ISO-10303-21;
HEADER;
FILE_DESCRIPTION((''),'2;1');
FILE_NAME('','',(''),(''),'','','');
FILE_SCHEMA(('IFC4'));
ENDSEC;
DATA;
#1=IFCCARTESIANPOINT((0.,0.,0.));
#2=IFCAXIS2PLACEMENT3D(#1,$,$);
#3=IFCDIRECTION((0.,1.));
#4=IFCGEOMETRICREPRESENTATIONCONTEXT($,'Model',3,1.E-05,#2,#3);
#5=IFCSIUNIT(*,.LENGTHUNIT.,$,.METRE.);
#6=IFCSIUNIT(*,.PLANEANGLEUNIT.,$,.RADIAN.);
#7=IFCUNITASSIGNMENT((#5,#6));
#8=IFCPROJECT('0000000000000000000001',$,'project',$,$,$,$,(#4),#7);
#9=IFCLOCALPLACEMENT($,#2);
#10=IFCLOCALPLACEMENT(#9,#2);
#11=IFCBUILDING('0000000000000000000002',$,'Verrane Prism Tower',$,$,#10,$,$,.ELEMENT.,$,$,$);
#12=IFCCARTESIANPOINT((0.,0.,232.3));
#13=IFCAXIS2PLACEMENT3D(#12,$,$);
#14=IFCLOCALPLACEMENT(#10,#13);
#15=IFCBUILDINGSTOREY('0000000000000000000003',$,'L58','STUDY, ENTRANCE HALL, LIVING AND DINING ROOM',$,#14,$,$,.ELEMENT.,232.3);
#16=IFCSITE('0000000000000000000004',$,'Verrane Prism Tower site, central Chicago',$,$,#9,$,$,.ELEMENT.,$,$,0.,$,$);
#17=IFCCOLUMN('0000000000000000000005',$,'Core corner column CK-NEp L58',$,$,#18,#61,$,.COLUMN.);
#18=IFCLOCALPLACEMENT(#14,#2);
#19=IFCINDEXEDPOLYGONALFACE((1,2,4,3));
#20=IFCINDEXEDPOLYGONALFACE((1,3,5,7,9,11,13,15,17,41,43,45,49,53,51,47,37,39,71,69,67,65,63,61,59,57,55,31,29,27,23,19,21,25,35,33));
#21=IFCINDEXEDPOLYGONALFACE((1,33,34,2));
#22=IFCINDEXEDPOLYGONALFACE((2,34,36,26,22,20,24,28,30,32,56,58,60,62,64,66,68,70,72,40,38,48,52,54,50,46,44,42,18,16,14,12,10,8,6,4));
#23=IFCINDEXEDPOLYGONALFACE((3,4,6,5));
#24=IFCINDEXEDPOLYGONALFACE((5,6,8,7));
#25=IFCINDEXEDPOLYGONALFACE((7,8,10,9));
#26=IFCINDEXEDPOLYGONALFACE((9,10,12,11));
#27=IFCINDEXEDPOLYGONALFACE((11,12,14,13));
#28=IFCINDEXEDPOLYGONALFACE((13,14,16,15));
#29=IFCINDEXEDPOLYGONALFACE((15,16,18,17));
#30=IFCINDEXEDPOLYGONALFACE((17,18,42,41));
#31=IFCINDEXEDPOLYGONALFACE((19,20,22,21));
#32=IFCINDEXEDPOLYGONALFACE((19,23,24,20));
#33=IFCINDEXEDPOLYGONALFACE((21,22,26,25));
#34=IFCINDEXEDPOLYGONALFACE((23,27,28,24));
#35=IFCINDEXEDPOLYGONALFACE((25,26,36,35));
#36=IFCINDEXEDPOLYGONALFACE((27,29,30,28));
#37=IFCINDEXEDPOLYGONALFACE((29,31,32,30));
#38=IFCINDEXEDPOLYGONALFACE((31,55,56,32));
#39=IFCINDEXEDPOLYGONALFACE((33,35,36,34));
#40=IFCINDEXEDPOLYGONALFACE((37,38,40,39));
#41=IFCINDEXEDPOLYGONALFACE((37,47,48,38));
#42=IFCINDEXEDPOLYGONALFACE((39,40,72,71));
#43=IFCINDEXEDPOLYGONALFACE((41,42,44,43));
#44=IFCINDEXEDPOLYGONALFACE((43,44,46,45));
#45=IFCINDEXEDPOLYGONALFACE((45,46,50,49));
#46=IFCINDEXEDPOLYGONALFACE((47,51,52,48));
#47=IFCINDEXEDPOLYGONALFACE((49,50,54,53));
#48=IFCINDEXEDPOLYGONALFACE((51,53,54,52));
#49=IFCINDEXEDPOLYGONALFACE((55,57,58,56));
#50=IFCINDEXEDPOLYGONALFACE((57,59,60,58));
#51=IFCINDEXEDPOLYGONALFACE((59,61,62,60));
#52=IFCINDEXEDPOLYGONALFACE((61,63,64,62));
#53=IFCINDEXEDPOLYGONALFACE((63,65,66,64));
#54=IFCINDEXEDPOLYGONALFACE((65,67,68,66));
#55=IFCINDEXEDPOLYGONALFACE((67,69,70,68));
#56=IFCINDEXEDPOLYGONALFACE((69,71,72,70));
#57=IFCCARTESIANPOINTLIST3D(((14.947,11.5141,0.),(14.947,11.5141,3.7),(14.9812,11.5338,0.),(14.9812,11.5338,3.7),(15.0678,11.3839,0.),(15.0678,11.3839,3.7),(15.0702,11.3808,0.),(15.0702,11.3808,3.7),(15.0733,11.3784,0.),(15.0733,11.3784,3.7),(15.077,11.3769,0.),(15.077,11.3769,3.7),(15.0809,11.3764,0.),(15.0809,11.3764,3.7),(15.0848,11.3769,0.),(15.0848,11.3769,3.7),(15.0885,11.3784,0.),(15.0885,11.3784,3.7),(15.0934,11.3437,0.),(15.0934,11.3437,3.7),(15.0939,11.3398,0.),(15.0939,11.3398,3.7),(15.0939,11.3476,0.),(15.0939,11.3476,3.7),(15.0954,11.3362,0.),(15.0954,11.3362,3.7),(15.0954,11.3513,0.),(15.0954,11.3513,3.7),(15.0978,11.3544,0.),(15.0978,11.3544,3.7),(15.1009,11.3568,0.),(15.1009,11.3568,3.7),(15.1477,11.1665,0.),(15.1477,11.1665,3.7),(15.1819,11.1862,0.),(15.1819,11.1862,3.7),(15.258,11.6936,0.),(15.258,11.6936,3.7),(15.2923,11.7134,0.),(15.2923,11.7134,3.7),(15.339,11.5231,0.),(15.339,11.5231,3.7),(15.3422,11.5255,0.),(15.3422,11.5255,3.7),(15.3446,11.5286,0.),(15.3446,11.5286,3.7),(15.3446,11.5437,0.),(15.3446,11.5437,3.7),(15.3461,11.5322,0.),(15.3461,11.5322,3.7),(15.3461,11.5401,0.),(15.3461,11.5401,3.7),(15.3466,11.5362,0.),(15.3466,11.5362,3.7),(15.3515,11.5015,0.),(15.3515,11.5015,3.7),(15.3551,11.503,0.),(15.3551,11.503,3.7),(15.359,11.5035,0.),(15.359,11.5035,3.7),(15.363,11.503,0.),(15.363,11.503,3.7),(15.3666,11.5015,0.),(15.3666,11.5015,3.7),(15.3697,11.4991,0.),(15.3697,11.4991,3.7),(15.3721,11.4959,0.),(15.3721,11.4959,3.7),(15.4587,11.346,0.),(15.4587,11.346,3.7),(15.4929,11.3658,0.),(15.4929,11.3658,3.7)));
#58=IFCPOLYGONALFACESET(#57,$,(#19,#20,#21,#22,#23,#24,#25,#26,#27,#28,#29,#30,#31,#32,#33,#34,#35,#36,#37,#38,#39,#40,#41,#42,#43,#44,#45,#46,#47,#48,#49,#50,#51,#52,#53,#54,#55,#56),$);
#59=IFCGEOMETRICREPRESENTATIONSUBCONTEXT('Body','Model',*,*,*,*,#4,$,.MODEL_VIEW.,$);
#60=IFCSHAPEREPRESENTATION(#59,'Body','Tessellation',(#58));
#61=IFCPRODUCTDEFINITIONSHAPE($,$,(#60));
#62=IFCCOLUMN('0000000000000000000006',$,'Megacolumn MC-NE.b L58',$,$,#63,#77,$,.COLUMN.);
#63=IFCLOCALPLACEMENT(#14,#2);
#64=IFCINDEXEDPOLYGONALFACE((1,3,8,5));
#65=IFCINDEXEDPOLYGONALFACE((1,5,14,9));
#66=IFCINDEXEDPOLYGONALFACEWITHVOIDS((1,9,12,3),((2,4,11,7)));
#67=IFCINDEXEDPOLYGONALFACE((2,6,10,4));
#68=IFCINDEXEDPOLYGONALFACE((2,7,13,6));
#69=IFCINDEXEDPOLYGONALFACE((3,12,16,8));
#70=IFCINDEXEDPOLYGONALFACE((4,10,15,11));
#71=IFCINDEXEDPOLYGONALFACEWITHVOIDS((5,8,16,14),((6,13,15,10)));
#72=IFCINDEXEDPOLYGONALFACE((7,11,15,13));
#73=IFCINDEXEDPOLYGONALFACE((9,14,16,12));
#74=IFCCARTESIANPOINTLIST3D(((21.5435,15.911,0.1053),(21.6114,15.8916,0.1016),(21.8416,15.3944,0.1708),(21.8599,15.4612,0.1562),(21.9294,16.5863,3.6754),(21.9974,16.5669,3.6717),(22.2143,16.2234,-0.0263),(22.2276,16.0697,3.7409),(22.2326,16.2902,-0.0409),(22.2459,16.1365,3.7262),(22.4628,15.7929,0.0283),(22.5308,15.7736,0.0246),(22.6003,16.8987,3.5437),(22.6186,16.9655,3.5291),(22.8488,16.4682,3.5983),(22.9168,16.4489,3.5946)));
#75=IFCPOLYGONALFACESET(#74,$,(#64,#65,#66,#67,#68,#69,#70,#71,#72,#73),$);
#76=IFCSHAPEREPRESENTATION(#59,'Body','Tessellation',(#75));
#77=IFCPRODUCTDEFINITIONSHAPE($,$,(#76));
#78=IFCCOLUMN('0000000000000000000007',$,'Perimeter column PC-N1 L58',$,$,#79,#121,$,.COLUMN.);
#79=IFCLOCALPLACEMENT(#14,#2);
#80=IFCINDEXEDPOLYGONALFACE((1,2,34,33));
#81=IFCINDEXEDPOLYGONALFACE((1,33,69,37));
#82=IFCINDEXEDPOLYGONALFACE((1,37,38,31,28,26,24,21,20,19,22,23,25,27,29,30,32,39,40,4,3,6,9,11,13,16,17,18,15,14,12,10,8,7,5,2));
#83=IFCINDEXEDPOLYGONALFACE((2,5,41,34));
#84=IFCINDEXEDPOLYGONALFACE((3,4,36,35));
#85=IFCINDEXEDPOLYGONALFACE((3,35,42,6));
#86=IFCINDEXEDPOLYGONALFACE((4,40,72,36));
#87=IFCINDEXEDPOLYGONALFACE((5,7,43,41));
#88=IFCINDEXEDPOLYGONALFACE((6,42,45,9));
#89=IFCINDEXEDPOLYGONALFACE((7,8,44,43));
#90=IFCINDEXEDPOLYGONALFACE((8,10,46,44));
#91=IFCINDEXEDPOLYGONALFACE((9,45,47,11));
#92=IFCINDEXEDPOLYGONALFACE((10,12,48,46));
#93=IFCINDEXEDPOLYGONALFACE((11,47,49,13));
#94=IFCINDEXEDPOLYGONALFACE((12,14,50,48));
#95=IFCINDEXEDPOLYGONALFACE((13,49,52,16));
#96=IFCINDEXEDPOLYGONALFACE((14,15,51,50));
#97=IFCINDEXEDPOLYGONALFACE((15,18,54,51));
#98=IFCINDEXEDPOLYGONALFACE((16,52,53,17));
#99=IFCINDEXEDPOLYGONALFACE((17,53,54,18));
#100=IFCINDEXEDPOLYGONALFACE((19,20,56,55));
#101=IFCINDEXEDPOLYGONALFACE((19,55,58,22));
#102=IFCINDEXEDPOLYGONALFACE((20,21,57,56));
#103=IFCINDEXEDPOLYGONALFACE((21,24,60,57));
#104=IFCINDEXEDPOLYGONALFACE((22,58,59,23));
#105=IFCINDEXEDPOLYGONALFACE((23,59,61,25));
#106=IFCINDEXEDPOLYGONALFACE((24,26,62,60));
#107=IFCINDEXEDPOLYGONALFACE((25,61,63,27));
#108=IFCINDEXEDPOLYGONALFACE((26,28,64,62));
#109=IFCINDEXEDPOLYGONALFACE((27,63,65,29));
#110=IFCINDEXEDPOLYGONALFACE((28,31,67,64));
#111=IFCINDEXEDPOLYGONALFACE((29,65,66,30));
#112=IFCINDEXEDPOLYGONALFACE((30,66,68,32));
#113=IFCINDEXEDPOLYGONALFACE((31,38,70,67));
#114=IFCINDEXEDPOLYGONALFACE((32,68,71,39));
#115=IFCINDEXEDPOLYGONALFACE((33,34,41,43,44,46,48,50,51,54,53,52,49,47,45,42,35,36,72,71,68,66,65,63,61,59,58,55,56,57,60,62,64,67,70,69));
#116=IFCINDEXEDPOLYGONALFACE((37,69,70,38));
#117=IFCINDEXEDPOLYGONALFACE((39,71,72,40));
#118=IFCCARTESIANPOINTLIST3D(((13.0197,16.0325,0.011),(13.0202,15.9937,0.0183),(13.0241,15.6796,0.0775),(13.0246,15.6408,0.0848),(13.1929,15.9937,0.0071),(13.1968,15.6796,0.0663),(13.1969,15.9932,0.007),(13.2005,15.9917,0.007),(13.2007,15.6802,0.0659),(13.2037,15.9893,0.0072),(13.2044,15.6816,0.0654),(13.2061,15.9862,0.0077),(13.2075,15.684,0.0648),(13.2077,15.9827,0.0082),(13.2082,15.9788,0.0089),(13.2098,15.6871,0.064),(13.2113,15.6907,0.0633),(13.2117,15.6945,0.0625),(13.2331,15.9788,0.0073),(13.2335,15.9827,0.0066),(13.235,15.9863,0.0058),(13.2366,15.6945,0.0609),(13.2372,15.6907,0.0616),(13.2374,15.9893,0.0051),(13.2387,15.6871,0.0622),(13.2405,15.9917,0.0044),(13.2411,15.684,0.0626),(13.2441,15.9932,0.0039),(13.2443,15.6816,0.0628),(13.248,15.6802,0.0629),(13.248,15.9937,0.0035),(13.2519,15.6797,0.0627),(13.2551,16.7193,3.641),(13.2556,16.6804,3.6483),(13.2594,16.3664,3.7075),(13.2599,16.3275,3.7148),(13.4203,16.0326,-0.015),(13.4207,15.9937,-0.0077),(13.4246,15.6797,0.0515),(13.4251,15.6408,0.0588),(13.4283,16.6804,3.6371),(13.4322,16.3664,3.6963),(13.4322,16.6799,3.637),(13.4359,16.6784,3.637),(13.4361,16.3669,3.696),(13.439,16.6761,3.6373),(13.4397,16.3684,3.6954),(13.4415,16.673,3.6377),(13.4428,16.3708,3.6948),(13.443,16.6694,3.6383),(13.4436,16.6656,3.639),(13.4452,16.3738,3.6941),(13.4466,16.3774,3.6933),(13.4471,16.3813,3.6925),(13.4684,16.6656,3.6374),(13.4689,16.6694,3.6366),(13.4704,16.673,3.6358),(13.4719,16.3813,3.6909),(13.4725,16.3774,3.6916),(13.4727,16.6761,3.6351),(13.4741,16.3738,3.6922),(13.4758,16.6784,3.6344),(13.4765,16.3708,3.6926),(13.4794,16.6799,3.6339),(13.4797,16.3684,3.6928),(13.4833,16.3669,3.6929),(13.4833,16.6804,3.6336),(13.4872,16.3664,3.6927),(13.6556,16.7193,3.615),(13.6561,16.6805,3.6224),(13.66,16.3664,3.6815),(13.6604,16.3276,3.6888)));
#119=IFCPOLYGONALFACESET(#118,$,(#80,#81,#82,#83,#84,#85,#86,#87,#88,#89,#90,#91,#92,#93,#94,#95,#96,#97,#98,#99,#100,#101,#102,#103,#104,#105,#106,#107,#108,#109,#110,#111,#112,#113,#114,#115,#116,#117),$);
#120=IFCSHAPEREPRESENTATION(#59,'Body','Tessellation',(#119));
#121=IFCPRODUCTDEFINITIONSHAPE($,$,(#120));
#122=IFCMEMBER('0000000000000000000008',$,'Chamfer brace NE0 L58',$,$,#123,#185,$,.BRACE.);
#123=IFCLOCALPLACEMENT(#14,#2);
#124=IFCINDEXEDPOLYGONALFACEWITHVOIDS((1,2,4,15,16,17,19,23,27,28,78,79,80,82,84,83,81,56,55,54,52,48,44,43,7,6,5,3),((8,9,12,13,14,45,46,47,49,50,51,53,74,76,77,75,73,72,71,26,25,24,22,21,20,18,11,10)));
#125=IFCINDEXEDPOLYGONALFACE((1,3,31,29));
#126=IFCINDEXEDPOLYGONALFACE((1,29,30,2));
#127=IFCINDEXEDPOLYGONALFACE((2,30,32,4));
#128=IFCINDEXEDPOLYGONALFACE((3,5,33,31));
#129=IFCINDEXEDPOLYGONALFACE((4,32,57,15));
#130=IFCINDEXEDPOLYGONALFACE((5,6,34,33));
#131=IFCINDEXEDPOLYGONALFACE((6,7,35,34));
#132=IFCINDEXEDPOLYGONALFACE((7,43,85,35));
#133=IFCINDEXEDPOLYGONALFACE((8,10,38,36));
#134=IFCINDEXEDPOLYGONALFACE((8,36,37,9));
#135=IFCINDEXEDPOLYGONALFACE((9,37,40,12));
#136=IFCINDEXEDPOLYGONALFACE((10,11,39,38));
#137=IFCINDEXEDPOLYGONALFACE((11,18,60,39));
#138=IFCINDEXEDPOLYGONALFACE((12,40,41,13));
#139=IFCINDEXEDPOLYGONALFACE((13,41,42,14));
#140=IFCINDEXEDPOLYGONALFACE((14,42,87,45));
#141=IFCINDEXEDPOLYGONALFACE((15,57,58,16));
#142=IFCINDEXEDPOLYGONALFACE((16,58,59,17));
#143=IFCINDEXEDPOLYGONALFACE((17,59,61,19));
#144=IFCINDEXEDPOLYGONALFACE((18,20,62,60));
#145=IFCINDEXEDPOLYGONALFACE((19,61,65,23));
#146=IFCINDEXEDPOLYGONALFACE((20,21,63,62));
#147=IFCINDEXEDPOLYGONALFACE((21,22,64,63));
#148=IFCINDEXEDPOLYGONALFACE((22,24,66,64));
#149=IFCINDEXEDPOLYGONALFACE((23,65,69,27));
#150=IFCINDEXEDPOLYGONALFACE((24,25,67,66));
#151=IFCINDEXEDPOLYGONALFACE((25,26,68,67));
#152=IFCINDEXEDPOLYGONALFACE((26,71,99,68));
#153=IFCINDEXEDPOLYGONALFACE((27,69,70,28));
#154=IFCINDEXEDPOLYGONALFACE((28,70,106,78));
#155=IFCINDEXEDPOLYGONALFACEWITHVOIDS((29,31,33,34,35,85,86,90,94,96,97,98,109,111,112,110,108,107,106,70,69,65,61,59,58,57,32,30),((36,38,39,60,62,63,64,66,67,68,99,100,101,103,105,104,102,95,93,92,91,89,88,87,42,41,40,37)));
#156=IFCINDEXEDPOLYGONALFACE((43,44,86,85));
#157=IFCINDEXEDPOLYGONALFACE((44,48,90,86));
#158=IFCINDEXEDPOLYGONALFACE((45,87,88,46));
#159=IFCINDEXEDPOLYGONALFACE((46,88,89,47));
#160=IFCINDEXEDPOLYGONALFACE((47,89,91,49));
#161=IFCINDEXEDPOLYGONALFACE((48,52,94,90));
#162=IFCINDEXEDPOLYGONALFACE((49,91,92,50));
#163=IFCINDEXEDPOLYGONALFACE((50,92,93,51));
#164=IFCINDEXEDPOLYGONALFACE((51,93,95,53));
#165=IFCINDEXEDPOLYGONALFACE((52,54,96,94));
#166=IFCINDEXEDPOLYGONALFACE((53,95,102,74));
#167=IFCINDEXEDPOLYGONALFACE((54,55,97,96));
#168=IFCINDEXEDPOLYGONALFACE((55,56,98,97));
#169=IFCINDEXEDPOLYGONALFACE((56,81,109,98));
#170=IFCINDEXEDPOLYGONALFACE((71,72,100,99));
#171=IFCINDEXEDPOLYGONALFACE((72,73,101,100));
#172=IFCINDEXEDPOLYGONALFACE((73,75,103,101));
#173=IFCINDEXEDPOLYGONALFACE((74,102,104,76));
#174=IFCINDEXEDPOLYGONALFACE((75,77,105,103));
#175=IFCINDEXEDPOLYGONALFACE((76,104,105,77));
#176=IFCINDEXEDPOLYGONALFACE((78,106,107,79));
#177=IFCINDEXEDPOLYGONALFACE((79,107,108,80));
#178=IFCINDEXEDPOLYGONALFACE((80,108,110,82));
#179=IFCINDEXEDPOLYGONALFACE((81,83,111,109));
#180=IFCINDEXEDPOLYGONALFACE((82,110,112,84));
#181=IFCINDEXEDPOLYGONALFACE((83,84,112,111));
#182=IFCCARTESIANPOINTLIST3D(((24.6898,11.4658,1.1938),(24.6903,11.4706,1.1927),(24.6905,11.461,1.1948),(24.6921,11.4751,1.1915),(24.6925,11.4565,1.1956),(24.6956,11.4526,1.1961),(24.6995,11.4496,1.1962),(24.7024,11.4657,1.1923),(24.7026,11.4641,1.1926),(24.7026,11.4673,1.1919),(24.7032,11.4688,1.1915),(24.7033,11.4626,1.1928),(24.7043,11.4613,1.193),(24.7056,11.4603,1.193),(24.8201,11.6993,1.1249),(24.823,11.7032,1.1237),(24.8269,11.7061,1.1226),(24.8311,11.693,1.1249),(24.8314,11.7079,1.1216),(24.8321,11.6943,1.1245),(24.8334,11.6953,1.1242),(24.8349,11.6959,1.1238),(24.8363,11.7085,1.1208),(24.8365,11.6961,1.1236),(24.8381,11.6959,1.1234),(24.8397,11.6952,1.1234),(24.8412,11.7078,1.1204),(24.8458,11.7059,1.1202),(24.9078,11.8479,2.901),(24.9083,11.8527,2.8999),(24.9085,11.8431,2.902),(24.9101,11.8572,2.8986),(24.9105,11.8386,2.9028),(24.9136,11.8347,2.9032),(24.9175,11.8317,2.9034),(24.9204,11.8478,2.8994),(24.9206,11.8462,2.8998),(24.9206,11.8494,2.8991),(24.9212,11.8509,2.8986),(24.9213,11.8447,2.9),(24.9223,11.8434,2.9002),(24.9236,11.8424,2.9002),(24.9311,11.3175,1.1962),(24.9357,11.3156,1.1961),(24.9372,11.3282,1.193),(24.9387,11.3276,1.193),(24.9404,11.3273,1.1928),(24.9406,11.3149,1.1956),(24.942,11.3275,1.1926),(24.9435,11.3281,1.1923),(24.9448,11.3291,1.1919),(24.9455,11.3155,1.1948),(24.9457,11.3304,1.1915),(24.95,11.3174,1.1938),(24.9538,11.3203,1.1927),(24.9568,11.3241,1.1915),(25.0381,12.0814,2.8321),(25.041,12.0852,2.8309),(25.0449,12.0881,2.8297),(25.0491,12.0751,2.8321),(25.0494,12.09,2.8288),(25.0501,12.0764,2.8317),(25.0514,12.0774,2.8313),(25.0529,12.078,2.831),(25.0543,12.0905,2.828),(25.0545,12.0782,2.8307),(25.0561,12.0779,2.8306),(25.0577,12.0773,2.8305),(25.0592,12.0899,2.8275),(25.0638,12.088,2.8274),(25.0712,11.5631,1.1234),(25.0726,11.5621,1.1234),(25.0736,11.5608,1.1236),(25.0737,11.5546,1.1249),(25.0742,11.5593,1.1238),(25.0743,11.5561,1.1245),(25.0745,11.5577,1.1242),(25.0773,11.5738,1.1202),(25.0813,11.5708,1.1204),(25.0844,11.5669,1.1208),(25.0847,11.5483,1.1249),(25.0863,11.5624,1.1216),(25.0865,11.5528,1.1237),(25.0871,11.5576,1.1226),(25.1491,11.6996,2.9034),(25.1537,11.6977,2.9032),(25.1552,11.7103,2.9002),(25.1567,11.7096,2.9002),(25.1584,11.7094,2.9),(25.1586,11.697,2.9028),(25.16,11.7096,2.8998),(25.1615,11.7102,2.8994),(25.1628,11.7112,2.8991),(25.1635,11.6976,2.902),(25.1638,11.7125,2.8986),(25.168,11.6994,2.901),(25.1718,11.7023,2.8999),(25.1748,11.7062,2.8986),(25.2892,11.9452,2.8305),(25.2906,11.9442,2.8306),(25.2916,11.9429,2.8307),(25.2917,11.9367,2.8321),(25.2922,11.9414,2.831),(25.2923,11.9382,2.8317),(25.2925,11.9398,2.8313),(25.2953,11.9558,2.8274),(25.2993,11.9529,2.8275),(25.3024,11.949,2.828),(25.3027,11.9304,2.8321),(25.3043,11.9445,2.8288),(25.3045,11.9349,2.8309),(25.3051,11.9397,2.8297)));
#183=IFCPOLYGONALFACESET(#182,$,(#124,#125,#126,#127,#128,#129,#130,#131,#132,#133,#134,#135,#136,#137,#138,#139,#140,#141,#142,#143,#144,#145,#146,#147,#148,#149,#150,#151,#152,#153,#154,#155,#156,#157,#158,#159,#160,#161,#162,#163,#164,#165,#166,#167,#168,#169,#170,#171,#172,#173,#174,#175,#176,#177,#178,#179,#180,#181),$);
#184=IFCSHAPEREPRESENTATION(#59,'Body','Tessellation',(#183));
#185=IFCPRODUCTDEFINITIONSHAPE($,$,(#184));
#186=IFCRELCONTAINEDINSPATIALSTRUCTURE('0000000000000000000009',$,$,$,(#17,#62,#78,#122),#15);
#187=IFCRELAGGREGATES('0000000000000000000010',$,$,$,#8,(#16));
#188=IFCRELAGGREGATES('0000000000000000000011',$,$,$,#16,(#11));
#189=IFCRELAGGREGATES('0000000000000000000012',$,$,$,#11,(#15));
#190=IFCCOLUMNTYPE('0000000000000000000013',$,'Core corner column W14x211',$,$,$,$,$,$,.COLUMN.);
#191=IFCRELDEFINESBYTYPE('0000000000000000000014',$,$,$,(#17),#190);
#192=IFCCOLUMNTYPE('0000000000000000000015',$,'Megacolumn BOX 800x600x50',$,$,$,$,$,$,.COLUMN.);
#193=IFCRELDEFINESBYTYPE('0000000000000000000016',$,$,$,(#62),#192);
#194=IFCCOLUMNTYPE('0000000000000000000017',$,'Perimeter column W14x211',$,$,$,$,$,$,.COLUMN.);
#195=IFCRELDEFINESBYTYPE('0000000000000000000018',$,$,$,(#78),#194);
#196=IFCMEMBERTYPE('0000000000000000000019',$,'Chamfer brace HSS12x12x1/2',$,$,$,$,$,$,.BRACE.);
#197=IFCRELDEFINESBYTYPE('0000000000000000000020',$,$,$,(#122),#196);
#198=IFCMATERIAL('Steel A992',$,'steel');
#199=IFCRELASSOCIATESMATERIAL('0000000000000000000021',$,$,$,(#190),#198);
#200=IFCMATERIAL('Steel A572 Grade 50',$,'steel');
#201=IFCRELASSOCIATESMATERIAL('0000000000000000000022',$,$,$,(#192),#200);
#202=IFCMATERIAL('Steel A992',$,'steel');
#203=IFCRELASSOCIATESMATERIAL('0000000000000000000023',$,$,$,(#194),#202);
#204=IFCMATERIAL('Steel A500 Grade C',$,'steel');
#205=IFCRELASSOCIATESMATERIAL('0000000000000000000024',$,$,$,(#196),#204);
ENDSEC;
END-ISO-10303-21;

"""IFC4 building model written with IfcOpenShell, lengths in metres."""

from ifc_helpers import new_model, si_unit, direction, frame, origin, origin_2d, place, context, subcontext, project, spatial, hollow_rectangle, i_section, extrude, material, material_profile, profile_set, type_object, element, save


model = new_model("IFC4")

# Units and contexts
model_context = context("Model", 3, precision=1e-05, world=origin(), true_north=direction((0.0, 1.0)))
body_context = subcontext(model_context, "Body", "Model", "MODEL_VIEW")
ifc_project = project(units=[si_unit("LENGTHUNIT", "METRE"), si_unit("PLANEANGLEUNIT", "RADIAN")], contexts=[model_context])

# Site, building, storey
site_placement = place(None, origin())
site = spatial("IfcSite", under=ifc_project, at=site_placement, Name="Verrane Prism Tower site, central Chicago", CompositionType="ELEMENT", RefElevation=0.0)
building_placement = place(site_placement, origin())
building = spatial("IfcBuilding", under=site, at=building_placement, Name="Verrane Prism Tower", CompositionType="ELEMENT")
storey_placement = place(building_placement, frame((0.0, 0.0, 232.3)))
storey = spatial("IfcBuildingStorey", under=building, at=storey_placement, Name="L58", Description="STUDY, ENTRANCE HALL, LIVING AND DINING ROOM", CompositionType="ELEMENT", Elevation=232.3)

# Columns
ifc_material_1 = material(Name="Steel A992", Category="steel")
ifc_material_profile_1 = material_profile(ifc_material_1, i_section(OverallWidth=0.4014, OverallDepth=0.3987, WebThickness=0.0249, FlangeThickness=0.0396, FilletRadius=0.0151, at=origin_2d()), Name="W14x211")
ifc_profile_set_1 = profile_set([ifc_material_profile_1], Name="Steel A992")
column_type_1 = type_object("IfcColumnType", Name="Core corner column W14x211", PredefinedType="COLUMN", material=ifc_profile_set_1)
column_1_placement = place(storey_placement, frame((15.22, 11.4399, 0.0), z_axis=(0.0, 0.0, 1.0), x_axis=(0.5, -0.866025, 0.0)))
element("IfcColumn", 1, at=column_1_placement, inside=storey, type_object=column_type_1, Name="Core corner column CK-NEp L58", PredefinedType="COLUMN", context=body_context, shape_type="SweptSolid", body=[
    extrude(i_section(OverallWidth=0.4014, OverallDepth=0.3987, WebThickness=0.0249, FlangeThickness=0.0396, FilletRadius=0.0151, at=origin_2d()), origin(), (0.0, 0.0, 1.0), 3.7),
])
ifc_material_2 = material(Name="Steel A572 Grade 50", Category="steel")
ifc_material_profile_2 = material_profile(ifc_material_2, hollow_rectangle(XDim=0.6001, YDim=0.8, WallThickness=0.05, at=origin_2d()), Name="BOX 800x600x50")
ifc_profile_set_2 = profile_set([ifc_material_profile_2], Name="Steel A572 Grade 50")
column_type_2 = type_object("IfcColumnType", Name="Megacolumn BOX 800x600x50", PredefinedType="COLUMN", material=ifc_profile_set_2)
column_2_placement = place(storey_placement, frame((22.0371, 15.8423, 0.0649), z_axis=(0.105639, 0.184818, 0.977079), x_axis=(0.496911, -0.860914, 0.109121)))
element("IfcColumn", 2, at=column_2_placement, inside=storey, type_object=column_type_2, Name="Megacolumn MC-NE.b L58", PredefinedType="COLUMN", context=body_context, shape_type="SweptSolid", body=[
    extrude(hollow_rectangle(XDim=0.6001, YDim=0.8, WallThickness=0.05, at=origin_2d()), origin(), (0.0, 0.0, 1.0), 3.6538),
])
ifc_material_3 = material(Name="Steel A992", Category="steel")
ifc_material_profile_3 = material_profile(ifc_material_3, i_section(OverallWidth=0.4014, OverallDepth=0.3987, WebThickness=0.0249, FlangeThickness=0.0396, FilletRadius=0.0151, at=origin_2d()), Name="W14x211")
ifc_profile_set_3 = profile_set([ifc_material_profile_3], Name="Steel A992")
column_type_3 = type_object("IfcColumnType", Name="Perimeter column W14x211", PredefinedType="COLUMN", material=ifc_profile_set_3)
column_3_placement = place(storey_placement, frame((13.2224, 15.8367, 0.0349), z_axis=(0.063574, 0.185512, 0.980583), x_axis=(0.997903, 0.000145, -0.064724)))
element("IfcColumn", 3, at=column_3_placement, inside=storey, type_object=column_type_3, Name="Perimeter column PC-N1 L58", PredefinedType="COLUMN", context=body_context, shape_type="SweptSolid", body=[
    extrude(i_section(OverallWidth=0.4014, OverallDepth=0.3987, WebThickness=0.0249, FlangeThickness=0.0396, FilletRadius=0.0151, at=origin_2d()), origin(), (0.0, 0.0, 1.0), 3.7019),
])

# Member
ifc_material_4 = material(Name="Steel A500 Grade C", Category="steel")
ifc_material_profile_4 = material_profile(ifc_material_4, hollow_rectangle(XDim=0.3047, YDim=0.3047, WallThickness=0.0127, InnerFilletRadius=0.0063, OuterFilletRadius=0.019, at=origin_2d()), Name="HSS12x12x1/2")
ifc_profile_set_4 = profile_set([ifc_material_profile_4], Name="Steel A500 Grade C")
member_type_1 = type_object("IfcMemberType", Name="Chamfer brace HSS12x12x1/2", PredefinedType="BRACE", material=ifc_profile_set_4)
member_1_placement = place(storey_placement, frame((24.8884, 11.5117, 1.1582), z_axis=(0.12366, 0.216717, 0.968371), x_axis=(-0.86855, 0.495601, 0.0)))
element("IfcMember", 4, at=member_1_placement, inside=storey, type_object=member_type_1, Name="Chamfer brace NE0 L58", PredefinedType="BRACE", context=body_context, shape_type="SweptSolid", body=[
    extrude(hollow_rectangle(XDim=0.3047, YDim=0.3047, WallThickness=0.0127, InnerFilletRadius=0.0063, OuterFilletRadius=0.019, at=origin_2d()), origin(), (0.0, 0.0, 1.0), 1.7629),
])

save(model, "model.ifc")
